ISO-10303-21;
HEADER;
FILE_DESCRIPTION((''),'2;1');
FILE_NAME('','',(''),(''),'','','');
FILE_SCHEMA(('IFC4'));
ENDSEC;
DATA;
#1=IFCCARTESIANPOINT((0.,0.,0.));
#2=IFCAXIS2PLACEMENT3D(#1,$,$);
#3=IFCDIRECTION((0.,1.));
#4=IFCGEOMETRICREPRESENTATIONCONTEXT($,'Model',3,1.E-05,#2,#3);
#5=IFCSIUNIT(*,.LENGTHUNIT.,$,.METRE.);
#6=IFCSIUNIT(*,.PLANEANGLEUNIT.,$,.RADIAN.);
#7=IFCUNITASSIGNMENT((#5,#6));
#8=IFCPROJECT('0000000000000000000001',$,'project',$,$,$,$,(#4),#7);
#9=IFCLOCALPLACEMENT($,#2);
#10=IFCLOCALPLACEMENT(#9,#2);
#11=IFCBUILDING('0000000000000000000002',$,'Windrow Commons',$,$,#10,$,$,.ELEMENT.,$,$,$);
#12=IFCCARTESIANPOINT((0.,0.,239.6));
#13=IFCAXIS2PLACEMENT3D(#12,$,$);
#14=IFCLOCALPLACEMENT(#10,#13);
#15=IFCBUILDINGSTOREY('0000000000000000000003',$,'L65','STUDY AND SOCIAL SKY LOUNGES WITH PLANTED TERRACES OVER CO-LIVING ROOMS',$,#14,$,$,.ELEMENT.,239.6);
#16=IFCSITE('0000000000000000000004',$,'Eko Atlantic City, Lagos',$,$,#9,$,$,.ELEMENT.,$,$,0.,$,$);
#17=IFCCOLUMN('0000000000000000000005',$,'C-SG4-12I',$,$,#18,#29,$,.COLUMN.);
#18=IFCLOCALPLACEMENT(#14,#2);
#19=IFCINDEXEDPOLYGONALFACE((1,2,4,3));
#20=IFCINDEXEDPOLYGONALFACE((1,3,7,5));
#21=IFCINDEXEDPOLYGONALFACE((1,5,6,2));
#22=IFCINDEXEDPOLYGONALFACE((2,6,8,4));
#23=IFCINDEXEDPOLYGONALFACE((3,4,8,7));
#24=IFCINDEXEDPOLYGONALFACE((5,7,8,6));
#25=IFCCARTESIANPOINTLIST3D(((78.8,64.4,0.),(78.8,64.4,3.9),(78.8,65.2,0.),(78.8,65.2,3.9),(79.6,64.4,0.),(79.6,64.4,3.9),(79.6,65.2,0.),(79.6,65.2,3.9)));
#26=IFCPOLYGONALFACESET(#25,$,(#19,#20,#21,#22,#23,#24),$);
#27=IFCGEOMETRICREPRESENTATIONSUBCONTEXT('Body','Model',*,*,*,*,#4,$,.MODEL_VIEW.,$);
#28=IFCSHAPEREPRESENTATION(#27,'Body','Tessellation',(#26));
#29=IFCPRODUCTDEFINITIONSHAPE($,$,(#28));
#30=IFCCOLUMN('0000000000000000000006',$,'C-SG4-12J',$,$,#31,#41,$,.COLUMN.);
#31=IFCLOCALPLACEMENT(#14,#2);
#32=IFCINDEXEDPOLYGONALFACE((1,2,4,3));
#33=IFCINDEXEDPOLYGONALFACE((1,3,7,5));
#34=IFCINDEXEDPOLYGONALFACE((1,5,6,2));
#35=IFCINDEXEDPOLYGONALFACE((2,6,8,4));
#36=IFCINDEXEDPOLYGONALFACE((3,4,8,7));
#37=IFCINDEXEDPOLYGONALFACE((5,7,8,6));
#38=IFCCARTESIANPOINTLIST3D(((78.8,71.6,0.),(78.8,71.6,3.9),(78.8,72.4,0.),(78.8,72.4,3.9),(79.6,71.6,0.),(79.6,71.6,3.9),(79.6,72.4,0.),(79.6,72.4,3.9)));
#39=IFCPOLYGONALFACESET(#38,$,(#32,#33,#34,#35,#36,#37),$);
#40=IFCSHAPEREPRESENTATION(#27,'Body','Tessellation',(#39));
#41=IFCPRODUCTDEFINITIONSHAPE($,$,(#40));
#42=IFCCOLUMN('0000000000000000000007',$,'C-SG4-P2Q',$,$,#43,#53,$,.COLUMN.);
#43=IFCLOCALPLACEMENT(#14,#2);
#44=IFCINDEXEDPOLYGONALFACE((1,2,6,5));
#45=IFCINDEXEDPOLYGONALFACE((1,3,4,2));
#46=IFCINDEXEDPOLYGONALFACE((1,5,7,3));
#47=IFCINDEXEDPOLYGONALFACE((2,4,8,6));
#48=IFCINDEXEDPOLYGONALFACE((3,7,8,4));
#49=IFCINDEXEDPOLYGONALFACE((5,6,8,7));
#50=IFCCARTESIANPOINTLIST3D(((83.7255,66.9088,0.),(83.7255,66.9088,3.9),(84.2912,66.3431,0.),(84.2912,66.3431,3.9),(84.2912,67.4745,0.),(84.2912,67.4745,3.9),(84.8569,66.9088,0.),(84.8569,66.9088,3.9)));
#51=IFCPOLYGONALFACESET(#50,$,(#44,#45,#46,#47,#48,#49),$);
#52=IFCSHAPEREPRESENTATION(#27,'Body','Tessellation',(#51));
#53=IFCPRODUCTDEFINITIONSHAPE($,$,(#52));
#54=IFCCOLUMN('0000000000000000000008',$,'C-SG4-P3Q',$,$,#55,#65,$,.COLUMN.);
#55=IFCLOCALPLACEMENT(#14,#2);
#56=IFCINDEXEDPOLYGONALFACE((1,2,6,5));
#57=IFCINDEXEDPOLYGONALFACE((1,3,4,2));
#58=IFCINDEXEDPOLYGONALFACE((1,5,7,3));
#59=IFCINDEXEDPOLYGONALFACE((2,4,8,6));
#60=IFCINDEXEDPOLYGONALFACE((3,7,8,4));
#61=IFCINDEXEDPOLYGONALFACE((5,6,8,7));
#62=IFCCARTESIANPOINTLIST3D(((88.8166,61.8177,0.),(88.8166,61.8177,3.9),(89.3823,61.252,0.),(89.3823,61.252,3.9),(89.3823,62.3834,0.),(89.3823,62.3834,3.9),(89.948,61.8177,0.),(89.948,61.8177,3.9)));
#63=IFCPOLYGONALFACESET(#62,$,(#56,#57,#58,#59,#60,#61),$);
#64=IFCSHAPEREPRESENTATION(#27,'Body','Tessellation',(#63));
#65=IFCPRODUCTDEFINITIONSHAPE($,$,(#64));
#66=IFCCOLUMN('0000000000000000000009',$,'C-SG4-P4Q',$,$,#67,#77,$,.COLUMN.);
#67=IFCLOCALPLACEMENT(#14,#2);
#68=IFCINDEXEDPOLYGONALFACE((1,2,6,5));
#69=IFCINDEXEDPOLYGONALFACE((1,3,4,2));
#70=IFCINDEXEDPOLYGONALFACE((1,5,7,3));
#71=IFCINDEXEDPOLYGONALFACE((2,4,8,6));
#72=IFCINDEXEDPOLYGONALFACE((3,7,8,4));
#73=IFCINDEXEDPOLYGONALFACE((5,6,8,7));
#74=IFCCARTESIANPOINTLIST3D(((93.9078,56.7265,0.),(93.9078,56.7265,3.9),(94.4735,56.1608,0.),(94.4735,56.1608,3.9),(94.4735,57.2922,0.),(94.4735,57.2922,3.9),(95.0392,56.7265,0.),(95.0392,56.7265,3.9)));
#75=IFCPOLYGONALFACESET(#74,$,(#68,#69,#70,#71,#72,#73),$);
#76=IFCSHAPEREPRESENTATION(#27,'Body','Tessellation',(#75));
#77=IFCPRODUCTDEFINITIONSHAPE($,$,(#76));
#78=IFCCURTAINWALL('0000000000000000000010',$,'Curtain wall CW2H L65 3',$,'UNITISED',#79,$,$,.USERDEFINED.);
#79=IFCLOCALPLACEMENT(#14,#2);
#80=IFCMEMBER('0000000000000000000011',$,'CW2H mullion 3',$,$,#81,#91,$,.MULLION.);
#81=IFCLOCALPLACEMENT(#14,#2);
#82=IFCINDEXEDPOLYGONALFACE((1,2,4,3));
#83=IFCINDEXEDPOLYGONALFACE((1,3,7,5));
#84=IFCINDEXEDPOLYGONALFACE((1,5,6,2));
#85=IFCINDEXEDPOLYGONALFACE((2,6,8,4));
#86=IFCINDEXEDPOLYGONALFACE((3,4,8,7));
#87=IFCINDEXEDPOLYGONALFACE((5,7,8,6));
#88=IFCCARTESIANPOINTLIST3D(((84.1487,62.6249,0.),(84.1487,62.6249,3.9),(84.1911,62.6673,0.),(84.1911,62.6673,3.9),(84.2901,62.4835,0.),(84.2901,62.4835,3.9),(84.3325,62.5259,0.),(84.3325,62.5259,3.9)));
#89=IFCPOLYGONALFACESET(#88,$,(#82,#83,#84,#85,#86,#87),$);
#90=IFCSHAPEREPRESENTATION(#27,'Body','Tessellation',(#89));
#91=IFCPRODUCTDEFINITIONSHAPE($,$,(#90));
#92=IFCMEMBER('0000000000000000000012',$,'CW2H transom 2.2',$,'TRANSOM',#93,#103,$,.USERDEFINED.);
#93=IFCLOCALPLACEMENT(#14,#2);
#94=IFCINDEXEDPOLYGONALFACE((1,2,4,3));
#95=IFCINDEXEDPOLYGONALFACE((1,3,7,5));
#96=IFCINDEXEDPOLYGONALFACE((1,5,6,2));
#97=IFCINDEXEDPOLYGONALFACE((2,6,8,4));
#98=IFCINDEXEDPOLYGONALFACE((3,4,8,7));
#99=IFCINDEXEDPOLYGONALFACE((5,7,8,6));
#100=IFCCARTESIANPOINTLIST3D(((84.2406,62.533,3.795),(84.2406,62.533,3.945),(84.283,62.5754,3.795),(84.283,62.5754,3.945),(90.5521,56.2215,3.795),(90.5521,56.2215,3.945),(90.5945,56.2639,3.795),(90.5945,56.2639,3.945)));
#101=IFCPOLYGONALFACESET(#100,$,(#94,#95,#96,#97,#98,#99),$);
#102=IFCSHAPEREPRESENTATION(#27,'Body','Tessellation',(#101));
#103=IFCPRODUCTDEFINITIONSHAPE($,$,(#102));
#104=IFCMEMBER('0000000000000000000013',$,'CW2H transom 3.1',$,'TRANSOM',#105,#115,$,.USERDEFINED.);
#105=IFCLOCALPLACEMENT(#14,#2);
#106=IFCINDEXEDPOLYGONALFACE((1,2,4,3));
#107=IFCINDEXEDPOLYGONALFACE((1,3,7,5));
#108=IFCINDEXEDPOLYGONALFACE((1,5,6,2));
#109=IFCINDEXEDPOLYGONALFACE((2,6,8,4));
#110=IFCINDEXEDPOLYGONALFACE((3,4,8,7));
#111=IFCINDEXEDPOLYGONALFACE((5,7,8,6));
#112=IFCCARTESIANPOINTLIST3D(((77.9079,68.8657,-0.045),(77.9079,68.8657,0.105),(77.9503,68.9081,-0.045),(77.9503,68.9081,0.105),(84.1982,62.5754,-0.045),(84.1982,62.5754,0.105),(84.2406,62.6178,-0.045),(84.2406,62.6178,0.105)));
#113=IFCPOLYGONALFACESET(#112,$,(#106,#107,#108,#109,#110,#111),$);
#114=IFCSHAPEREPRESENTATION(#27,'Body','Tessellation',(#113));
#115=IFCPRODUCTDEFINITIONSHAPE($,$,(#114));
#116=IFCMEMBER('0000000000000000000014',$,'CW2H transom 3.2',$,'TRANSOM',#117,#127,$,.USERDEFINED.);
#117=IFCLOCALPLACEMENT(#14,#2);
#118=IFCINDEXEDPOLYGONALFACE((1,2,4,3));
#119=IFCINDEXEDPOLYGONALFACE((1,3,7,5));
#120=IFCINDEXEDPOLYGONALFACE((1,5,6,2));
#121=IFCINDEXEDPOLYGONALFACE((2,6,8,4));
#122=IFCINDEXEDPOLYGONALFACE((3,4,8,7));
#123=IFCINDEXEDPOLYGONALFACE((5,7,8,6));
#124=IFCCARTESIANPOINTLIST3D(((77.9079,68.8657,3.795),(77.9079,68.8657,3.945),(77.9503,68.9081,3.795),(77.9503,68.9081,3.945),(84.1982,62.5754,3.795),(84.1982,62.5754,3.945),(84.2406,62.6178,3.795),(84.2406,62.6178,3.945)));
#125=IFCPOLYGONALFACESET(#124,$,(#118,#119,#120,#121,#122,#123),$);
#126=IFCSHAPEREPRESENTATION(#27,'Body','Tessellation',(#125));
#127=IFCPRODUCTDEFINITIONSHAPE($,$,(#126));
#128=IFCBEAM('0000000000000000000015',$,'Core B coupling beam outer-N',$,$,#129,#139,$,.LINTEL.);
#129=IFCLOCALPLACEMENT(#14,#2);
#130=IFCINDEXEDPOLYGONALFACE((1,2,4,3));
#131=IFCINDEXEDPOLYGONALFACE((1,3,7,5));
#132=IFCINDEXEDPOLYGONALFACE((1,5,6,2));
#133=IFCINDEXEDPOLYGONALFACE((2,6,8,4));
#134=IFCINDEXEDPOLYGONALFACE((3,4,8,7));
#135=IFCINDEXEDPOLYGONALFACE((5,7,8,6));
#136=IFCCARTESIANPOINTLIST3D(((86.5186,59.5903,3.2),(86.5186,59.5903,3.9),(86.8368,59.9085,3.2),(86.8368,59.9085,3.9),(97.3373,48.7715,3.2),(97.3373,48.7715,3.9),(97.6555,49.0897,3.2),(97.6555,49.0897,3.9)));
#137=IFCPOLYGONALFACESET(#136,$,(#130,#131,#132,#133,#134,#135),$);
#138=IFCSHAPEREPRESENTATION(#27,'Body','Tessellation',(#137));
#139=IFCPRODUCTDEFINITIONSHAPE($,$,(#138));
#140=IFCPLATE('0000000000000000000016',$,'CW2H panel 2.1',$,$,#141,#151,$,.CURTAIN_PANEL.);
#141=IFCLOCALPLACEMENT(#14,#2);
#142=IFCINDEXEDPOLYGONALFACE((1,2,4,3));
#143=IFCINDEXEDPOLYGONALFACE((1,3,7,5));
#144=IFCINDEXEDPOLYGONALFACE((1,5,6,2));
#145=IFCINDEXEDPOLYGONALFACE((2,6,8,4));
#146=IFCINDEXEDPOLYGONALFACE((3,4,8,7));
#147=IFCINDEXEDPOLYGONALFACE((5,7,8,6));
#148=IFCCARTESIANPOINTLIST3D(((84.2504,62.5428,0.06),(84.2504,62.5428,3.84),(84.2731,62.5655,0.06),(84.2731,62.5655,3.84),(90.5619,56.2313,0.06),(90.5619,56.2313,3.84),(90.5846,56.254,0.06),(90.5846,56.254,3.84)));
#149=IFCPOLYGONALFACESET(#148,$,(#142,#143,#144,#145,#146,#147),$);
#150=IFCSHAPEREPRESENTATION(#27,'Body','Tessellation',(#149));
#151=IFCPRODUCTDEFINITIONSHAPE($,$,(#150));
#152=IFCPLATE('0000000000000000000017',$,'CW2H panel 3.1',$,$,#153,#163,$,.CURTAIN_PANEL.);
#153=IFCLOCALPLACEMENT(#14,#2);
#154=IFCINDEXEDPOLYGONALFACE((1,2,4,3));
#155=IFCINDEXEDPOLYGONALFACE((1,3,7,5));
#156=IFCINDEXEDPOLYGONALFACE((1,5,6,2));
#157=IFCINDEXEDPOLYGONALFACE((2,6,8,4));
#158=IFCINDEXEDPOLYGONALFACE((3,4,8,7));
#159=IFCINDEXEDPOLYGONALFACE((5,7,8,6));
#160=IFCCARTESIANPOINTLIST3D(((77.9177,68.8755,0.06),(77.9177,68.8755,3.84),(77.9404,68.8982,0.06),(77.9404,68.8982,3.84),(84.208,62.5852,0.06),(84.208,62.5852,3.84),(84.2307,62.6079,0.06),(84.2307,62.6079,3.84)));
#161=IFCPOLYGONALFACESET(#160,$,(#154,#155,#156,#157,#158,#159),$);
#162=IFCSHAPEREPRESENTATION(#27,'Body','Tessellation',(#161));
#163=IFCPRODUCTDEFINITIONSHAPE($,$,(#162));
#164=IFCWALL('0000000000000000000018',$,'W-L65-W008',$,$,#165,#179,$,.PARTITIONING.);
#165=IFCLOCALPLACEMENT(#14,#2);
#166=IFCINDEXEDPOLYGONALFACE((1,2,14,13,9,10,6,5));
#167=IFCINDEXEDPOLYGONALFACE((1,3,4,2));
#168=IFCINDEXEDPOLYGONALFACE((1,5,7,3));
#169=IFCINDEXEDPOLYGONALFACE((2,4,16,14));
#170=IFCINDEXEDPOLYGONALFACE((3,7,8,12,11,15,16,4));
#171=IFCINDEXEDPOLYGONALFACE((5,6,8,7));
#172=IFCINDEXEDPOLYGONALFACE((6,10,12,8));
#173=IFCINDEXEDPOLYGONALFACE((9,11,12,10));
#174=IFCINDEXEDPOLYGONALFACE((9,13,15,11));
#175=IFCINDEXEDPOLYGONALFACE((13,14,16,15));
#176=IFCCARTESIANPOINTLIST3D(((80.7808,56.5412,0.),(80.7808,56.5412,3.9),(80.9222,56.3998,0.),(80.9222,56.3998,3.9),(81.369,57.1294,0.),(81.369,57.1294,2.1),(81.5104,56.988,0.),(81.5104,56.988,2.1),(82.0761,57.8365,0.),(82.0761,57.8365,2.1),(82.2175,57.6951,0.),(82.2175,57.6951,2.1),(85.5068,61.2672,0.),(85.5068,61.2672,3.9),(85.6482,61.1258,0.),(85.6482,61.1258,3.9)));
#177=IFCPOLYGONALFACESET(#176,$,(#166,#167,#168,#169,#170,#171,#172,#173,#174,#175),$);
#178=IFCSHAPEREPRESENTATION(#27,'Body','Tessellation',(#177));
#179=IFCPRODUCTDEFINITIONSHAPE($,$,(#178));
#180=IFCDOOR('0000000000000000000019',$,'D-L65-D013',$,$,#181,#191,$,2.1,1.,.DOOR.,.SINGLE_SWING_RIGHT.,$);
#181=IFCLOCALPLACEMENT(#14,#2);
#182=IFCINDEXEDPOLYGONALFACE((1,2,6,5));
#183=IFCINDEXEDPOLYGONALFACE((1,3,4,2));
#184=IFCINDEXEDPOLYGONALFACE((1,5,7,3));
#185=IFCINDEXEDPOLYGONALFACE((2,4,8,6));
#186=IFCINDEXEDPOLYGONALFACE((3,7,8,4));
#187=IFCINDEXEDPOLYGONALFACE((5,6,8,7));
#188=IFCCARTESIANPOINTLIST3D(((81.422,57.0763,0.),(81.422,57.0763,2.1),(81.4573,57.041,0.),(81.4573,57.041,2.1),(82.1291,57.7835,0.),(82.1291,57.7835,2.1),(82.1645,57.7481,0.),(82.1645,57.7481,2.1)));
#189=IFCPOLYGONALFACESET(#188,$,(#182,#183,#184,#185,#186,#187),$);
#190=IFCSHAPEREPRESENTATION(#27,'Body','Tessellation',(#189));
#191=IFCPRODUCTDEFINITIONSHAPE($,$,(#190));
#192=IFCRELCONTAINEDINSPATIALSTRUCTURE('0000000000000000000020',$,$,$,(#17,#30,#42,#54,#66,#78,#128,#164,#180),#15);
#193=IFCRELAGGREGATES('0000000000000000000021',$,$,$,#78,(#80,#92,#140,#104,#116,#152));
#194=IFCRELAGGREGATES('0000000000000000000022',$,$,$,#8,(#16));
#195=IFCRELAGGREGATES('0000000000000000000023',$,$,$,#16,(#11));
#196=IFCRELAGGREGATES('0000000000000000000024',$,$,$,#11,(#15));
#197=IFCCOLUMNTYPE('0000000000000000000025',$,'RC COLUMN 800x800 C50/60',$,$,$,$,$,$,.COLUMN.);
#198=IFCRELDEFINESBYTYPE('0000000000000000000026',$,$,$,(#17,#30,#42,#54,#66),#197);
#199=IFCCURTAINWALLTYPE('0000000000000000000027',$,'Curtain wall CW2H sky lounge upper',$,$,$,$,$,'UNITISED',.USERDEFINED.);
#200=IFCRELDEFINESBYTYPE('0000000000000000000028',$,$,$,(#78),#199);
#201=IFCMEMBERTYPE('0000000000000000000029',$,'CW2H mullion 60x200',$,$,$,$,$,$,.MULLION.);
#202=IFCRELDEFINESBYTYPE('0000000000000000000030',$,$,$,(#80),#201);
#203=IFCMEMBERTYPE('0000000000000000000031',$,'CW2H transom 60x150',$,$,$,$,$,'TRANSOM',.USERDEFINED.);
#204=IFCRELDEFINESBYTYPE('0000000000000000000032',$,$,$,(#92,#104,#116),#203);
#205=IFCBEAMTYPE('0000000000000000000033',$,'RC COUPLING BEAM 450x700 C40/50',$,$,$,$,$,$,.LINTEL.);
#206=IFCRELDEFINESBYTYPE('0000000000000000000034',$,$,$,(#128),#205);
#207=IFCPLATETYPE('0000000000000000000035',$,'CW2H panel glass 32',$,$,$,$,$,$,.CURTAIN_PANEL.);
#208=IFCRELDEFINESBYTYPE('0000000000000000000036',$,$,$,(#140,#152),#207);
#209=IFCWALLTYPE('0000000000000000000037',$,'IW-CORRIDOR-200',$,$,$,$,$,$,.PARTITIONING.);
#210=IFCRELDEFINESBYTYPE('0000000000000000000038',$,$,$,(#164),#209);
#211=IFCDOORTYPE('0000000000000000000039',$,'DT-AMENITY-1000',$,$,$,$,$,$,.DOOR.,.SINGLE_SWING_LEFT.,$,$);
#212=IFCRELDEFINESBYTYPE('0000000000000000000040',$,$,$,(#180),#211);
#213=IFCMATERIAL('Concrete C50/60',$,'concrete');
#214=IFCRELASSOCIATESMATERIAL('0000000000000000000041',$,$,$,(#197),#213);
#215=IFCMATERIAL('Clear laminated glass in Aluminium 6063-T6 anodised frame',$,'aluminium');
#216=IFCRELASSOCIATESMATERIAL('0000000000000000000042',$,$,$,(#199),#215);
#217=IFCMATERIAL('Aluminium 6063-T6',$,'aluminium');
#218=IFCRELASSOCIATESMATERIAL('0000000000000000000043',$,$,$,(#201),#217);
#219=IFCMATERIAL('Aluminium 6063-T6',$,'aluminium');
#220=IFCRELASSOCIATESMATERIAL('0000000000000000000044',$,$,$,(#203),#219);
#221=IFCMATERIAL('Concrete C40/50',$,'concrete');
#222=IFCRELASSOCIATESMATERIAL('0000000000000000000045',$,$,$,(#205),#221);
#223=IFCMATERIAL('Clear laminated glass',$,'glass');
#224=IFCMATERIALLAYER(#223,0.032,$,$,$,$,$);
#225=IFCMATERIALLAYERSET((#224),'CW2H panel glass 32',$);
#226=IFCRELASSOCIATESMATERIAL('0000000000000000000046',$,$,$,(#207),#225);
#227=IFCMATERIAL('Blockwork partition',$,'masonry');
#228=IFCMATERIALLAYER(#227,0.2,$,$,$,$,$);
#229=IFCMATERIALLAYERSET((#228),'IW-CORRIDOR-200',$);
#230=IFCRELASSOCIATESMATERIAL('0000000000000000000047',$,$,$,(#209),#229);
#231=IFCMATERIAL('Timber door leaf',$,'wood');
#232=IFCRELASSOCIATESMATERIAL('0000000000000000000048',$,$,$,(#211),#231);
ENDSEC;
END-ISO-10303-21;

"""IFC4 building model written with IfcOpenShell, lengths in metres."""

from ifc_helpers import new_model, si_unit, direction, frame, frame_2d, origin, origin_2d, place, context, subcontext, project, spatial, rectangle, extrude, material, layer, layer_set, material_profile, profile_set, type_object, element, fill, aggregate, save


model = new_model("IFC4")

# Units and contexts
model_context = context("Model", 3, precision=1e-05, world=origin(), true_north=direction((0.0, 1.0)))
body_context = subcontext(model_context, "Body", "Model", "MODEL_VIEW")
ifc_project = project(units=[si_unit("LENGTHUNIT", "METRE"), si_unit("PLANEANGLEUNIT", "RADIAN")], contexts=[model_context])

# Site, building, storey
site_placement = place(None, origin())
site = spatial("IfcSite", under=ifc_project, at=site_placement, Name="Eko Atlantic City, Lagos", CompositionType="ELEMENT", RefElevation=0.0)
building_placement = place(site_placement, origin())
building = spatial("IfcBuilding", under=site, at=building_placement, Name="Windrow Commons", CompositionType="ELEMENT")
storey_placement = place(building_placement, frame((0.0, 0.0, 239.6)))
storey = spatial("IfcBuildingStorey", under=building, at=storey_placement, Name="L65", Description="STUDY AND SOCIAL SKY LOUNGES WITH PLANTED TERRACES OVER CO-LIVING ROOMS", CompositionType="ELEMENT", Elevation=239.6)

# Columns
ifc_material_1 = material(Name="Concrete C50/60", Category="concrete")
ifc_material_profile_1 = material_profile(ifc_material_1, rectangle(XDim=0.8, YDim=0.8, at=origin_2d()))
ifc_profile_set_1 = profile_set([ifc_material_profile_1], Name="Concrete C50/60")
column_type = type_object("IfcColumnType", Name="RC COLUMN 800x800 C50/60", PredefinedType="COLUMN", material=ifc_profile_set_1)
for number, where, z_axis, x_axis, name in (
    (1, (79.2, 64.8, 0.0), (0.0, 0.0, 1.0), (1.0, 0.0, 0.0), "C-SG4-12I"),
    (2, (79.2, 72.0, 0.0), (0.0, 0.0, 1.0), (1.0, 0.0, 0.0), "C-SG4-12J"),
    (3, (84.2912, 66.9088, 0.0), (0.0, 0.0, 1.0), (0.707107, -0.707107, 0.0), "C-SG4-P2Q"),
    (4, (89.3823, 61.8177, 0.0), (0.0, 0.0, 1.0), (0.707107, -0.707107, 0.0), "C-SG4-P3Q"),
    (5, (94.4735, 56.7265, 0.0), (0.0, 0.0, 1.0), (0.707107, -0.707107, 0.0), "C-SG4-P4Q"),
):
    element("IfcColumn", number, at=place(storey_placement, frame(where, z_axis=z_axis, x_axis=x_axis)), inside=storey, type_object=column_type, Name=name, PredefinedType="COLUMN", context=body_context, shape_type="SweptSolid", body=[
        extrude(rectangle(XDim=0.8, YDim=0.8, at=origin_2d()), origin(), (0.0, 0.0, 1.0), 3.9),
    ])

# Curtain wall, members
ifc_material_2 = material(Name="Clear laminated glass in Aluminium 6063-T6 anodised frame", Category="aluminium")
curtain_wall_type = type_object("IfcCurtainWallType", Name="Curtain wall CW2H sky lounge upper", ElementType="UNITISED", PredefinedType="USERDEFINED", material=ifc_material_2)
curtain_wall_placement = place(storey_placement, origin())
curtain_wall = element("IfcCurtainWall", 6, at=curtain_wall_placement, inside=storey, type_object=curtain_wall_type, Name="Curtain wall CW2H L65 3", ObjectType="UNITISED", PredefinedType="USERDEFINED")
ifc_material_3 = material(Name="Aluminium 6063-T6", Category="aluminium")
ifc_material_profile_2 = material_profile(ifc_material_3, rectangle(XDim=0.06, YDim=0.2, at=origin_2d()))
ifc_profile_set_2 = profile_set([ifc_material_profile_2], Name="Aluminium 6063-T6")
member_type_1 = type_object("IfcMemberType", Name="CW2H mullion 60x200", PredefinedType="MULLION", material=ifc_profile_set_2)
member_1_placement = place(storey_placement, frame((84.2406, 62.5754, 0.0), z_axis=(0.0, 0.0, 1.0), x_axis=(-0.707107, -0.707107, 0.0)))
member_1 = element("IfcMember", 7, at=member_1_placement, type_object=member_type_1, Name="CW2H mullion 3", PredefinedType="MULLION", context=body_context, shape_type="SweptSolid", body=[
    extrude(rectangle(XDim=0.06, YDim=0.2, at=origin_2d()), origin(), (0.0, 0.0, 1.0), 3.9),
])
ifc_material_4 = material(Name="Aluminium 6063-T6", Category="aluminium")
ifc_material_profile_3 = material_profile(ifc_material_4, rectangle(XDim=0.06, YDim=0.15, at=origin_2d()))
ifc_profile_set_3 = profile_set([ifc_material_profile_3], Name="Aluminium 6063-T6")
member_type_2 = type_object("IfcMemberType", Name="CW2H transom 60x150", ElementType="TRANSOM", PredefinedType="USERDEFINED", material=ifc_profile_set_3)
member_2_placement = place(storey_placement, frame((90.5733, 56.2427, 3.87), z_axis=(-0.707107, 0.707107, 0.0), x_axis=(-0.707107, -0.707107, 0.0)))
member_2 = element("IfcMember", 8, at=member_2_placement, type_object=member_type_2, Name="CW2H transom 2.2", ObjectType="TRANSOM", PredefinedType="USERDEFINED", context=body_context, shape_type="SweptSolid", body=[
    extrude(rectangle(XDim=0.06, YDim=0.15, at=origin_2d()), origin(), (0.0, 0.0, 1.0), 8.9258),
])
member_3_placement = place(storey_placement, frame((84.2194, 62.5966, 0.03), z_axis=(-0.707107, 0.707107, 0.0), x_axis=(-0.707107, -0.707107, 0.0)))
member_3 = element("IfcMember", 9, at=member_3_placement, type_object=member_type_2, Name="CW2H transom 3.1", ObjectType="TRANSOM", PredefinedType="USERDEFINED", context=body_context, shape_type="SweptSolid", body=[
    extrude(rectangle(XDim=0.06, YDim=0.15, at=origin_2d()), origin(), (0.0, 0.0, 1.0), 8.8958),
])
member_4_placement = place(storey_placement, frame((84.2194, 62.5966, 3.87), z_axis=(-0.707107, 0.707107, 0.0), x_axis=(-0.707107, -0.707107, 0.0)))
member_4 = element("IfcMember", 10, at=member_4_placement, type_object=member_type_2, Name="CW2H transom 3.2", ObjectType="TRANSOM", PredefinedType="USERDEFINED", context=body_context, shape_type="SweptSolid", body=[
    extrude(rectangle(XDim=0.06, YDim=0.15, at=origin_2d()), origin(), (0.0, 0.0, 1.0), 8.8958),
])

# Beam
ifc_material_5 = material(Name="Concrete C40/50", Category="concrete")
ifc_material_profile_4 = material_profile(ifc_material_5, rectangle(XDim=0.45, YDim=0.7, at=origin_2d()))
ifc_profile_set_4 = profile_set([ifc_material_profile_4], Name="Concrete C40/50")
beam_type = type_object("IfcBeamType", Name="RC COUPLING BEAM 450x700 C40/50", PredefinedType="LINTEL", material=ifc_profile_set_4)
beam_placement = place(storey_placement, frame((86.6777, 59.7494, 3.55), z_axis=(0.707104, -0.70711, 0.0), x_axis=(0.70711, 0.707104, 0.0)))
element("IfcBeam", 11, at=beam_placement, inside=storey, type_object=beam_type, Name="Core B coupling beam outer-N", PredefinedType="LINTEL", context=body_context, shape_type="SweptSolid", body=[
    extrude(rectangle(XDim=0.45, YDim=0.7, at=origin_2d()), origin(), (0.0, 0.0, 1.0), 15.3),
])

# Plates
ifc_material_6 = material(Name="Clear laminated glass", Category="glass")
ifc_layer_1 = layer(ifc_material_6, 0.032)
ifc_layer_set_1 = layer_set([ifc_layer_1], Name="CW2H panel glass 32")
plate_type = type_object("IfcPlateType", Name="CW2H panel glass 32", PredefinedType="CURTAIN_PANEL", material=ifc_layer_set_1)
plate_1_placement = place(storey_placement, frame((87.4175, 59.3984, 0.06), z_axis=(0.0, 0.0, 1.0), x_axis=(-0.707107, 0.707107, 0.0)))
plate_1 = element("IfcPlate", 12, at=plate_1_placement, type_object=plate_type, Name="CW2H panel 2.1", PredefinedType="CURTAIN_PANEL", context=body_context, shape_type="SweptSolid", body=[
    extrude(rectangle(XDim=8.9258, YDim=0.032, at=origin_2d()), origin(), (0.0, 0.0, 1.0), 3.78),
])
plate_2_placement = place(storey_placement, frame((81.0742, 65.7417, 0.06), z_axis=(0.0, 0.0, 1.0), x_axis=(-0.707107, 0.707107, 0.0)))
plate_2 = element("IfcPlate", 13, at=plate_2_placement, type_object=plate_type, Name="CW2H panel 3.1", PredefinedType="CURTAIN_PANEL", context=body_context, shape_type="SweptSolid", body=[
    extrude(rectangle(XDim=8.8958, YDim=0.032, at=origin_2d()), origin(), (0.0, 0.0, 1.0), 3.78),
])
aggregate(curtain_wall, [member_1, member_2, plate_1, member_3, member_4, plate_2])

# Wall, opening, door
ifc_material_7 = material(Name="Blockwork partition", Category="masonry")
ifc_layer_2 = layer(ifc_material_7, 0.2)
ifc_layer_set_2 = layer_set([ifc_layer_2], Name="IW-CORRIDOR-200")
wall_type_1 = type_object("IfcWallType", Name="IW-CORRIDOR-200", PredefinedType="PARTITIONING", material=ifc_layer_set_2)
wall_1_placement = place(storey_placement, frame((80.8515, 56.4705, 0.0), z_axis=(0.0, 0.0, 1.0), x_axis=(0.707107, 0.707107, 0.0)))
wall_1 = element("IfcWall", 14, at=wall_1_placement, inside=storey, type_object=wall_type_1, Name="W-L65-W008", PredefinedType="PARTITIONING", context=body_context, shape_type="SweptSolid", body=[
    extrude(rectangle(XDim=6.6836, YDim=0.2, at=frame_2d((3.3418, 0.0))), origin(), (0.0, 0.0, 1.0), 3.9),
])
opening_1_placement = place(wall_1_placement, frame((0.8318, 0.0, 0.0)))
opening_1 = element("IfcOpeningElement", 15, at=opening_1_placement, cuts=wall_1, PredefinedType="OPENING", context=body_context, shape_type="SweptSolid", body=[
    extrude(rectangle(XDim=1.0, YDim=2.1, at=frame_2d((0.5, 1.05))), frame((0.0, 0.11, 0.0), z_axis=(0.0, -1.0, 0.0), x_axis=(1.0, 0.0, 0.0)), (0.0, 0.0, 1.0), 0.22),
])
ifc_material_8 = material(Name="Timber door leaf", Category="wood")
door_type_1 = type_object("IfcDoorType", Name="DT-AMENITY-1000", OperationType="SINGLE_SWING_LEFT", PredefinedType="DOOR", material=ifc_material_8)
door_1_placement = place(opening_1_placement, origin())
door_1 = element("IfcDoor", 16, at=door_1_placement, inside=storey, type_object=door_type_1, Name="D-L65-D013", OperationType="SINGLE_SWING_RIGHT", OverallHeight=2.1, OverallWidth=1.0, PredefinedType="DOOR", context=body_context, shape_type="SweptSolid", body=[
    extrude(rectangle(XDim=1.0, YDim=2.1, at=frame_2d((0.5, 1.05))), frame((0.0, 0.025, 0.0), z_axis=(0.0, -1.0, 0.0), x_axis=(1.0, 0.0, 0.0)), (0.0, 0.0, 1.0), 0.05),
])
fill(opening_1, door_1)

save(model, "model.ifc")
